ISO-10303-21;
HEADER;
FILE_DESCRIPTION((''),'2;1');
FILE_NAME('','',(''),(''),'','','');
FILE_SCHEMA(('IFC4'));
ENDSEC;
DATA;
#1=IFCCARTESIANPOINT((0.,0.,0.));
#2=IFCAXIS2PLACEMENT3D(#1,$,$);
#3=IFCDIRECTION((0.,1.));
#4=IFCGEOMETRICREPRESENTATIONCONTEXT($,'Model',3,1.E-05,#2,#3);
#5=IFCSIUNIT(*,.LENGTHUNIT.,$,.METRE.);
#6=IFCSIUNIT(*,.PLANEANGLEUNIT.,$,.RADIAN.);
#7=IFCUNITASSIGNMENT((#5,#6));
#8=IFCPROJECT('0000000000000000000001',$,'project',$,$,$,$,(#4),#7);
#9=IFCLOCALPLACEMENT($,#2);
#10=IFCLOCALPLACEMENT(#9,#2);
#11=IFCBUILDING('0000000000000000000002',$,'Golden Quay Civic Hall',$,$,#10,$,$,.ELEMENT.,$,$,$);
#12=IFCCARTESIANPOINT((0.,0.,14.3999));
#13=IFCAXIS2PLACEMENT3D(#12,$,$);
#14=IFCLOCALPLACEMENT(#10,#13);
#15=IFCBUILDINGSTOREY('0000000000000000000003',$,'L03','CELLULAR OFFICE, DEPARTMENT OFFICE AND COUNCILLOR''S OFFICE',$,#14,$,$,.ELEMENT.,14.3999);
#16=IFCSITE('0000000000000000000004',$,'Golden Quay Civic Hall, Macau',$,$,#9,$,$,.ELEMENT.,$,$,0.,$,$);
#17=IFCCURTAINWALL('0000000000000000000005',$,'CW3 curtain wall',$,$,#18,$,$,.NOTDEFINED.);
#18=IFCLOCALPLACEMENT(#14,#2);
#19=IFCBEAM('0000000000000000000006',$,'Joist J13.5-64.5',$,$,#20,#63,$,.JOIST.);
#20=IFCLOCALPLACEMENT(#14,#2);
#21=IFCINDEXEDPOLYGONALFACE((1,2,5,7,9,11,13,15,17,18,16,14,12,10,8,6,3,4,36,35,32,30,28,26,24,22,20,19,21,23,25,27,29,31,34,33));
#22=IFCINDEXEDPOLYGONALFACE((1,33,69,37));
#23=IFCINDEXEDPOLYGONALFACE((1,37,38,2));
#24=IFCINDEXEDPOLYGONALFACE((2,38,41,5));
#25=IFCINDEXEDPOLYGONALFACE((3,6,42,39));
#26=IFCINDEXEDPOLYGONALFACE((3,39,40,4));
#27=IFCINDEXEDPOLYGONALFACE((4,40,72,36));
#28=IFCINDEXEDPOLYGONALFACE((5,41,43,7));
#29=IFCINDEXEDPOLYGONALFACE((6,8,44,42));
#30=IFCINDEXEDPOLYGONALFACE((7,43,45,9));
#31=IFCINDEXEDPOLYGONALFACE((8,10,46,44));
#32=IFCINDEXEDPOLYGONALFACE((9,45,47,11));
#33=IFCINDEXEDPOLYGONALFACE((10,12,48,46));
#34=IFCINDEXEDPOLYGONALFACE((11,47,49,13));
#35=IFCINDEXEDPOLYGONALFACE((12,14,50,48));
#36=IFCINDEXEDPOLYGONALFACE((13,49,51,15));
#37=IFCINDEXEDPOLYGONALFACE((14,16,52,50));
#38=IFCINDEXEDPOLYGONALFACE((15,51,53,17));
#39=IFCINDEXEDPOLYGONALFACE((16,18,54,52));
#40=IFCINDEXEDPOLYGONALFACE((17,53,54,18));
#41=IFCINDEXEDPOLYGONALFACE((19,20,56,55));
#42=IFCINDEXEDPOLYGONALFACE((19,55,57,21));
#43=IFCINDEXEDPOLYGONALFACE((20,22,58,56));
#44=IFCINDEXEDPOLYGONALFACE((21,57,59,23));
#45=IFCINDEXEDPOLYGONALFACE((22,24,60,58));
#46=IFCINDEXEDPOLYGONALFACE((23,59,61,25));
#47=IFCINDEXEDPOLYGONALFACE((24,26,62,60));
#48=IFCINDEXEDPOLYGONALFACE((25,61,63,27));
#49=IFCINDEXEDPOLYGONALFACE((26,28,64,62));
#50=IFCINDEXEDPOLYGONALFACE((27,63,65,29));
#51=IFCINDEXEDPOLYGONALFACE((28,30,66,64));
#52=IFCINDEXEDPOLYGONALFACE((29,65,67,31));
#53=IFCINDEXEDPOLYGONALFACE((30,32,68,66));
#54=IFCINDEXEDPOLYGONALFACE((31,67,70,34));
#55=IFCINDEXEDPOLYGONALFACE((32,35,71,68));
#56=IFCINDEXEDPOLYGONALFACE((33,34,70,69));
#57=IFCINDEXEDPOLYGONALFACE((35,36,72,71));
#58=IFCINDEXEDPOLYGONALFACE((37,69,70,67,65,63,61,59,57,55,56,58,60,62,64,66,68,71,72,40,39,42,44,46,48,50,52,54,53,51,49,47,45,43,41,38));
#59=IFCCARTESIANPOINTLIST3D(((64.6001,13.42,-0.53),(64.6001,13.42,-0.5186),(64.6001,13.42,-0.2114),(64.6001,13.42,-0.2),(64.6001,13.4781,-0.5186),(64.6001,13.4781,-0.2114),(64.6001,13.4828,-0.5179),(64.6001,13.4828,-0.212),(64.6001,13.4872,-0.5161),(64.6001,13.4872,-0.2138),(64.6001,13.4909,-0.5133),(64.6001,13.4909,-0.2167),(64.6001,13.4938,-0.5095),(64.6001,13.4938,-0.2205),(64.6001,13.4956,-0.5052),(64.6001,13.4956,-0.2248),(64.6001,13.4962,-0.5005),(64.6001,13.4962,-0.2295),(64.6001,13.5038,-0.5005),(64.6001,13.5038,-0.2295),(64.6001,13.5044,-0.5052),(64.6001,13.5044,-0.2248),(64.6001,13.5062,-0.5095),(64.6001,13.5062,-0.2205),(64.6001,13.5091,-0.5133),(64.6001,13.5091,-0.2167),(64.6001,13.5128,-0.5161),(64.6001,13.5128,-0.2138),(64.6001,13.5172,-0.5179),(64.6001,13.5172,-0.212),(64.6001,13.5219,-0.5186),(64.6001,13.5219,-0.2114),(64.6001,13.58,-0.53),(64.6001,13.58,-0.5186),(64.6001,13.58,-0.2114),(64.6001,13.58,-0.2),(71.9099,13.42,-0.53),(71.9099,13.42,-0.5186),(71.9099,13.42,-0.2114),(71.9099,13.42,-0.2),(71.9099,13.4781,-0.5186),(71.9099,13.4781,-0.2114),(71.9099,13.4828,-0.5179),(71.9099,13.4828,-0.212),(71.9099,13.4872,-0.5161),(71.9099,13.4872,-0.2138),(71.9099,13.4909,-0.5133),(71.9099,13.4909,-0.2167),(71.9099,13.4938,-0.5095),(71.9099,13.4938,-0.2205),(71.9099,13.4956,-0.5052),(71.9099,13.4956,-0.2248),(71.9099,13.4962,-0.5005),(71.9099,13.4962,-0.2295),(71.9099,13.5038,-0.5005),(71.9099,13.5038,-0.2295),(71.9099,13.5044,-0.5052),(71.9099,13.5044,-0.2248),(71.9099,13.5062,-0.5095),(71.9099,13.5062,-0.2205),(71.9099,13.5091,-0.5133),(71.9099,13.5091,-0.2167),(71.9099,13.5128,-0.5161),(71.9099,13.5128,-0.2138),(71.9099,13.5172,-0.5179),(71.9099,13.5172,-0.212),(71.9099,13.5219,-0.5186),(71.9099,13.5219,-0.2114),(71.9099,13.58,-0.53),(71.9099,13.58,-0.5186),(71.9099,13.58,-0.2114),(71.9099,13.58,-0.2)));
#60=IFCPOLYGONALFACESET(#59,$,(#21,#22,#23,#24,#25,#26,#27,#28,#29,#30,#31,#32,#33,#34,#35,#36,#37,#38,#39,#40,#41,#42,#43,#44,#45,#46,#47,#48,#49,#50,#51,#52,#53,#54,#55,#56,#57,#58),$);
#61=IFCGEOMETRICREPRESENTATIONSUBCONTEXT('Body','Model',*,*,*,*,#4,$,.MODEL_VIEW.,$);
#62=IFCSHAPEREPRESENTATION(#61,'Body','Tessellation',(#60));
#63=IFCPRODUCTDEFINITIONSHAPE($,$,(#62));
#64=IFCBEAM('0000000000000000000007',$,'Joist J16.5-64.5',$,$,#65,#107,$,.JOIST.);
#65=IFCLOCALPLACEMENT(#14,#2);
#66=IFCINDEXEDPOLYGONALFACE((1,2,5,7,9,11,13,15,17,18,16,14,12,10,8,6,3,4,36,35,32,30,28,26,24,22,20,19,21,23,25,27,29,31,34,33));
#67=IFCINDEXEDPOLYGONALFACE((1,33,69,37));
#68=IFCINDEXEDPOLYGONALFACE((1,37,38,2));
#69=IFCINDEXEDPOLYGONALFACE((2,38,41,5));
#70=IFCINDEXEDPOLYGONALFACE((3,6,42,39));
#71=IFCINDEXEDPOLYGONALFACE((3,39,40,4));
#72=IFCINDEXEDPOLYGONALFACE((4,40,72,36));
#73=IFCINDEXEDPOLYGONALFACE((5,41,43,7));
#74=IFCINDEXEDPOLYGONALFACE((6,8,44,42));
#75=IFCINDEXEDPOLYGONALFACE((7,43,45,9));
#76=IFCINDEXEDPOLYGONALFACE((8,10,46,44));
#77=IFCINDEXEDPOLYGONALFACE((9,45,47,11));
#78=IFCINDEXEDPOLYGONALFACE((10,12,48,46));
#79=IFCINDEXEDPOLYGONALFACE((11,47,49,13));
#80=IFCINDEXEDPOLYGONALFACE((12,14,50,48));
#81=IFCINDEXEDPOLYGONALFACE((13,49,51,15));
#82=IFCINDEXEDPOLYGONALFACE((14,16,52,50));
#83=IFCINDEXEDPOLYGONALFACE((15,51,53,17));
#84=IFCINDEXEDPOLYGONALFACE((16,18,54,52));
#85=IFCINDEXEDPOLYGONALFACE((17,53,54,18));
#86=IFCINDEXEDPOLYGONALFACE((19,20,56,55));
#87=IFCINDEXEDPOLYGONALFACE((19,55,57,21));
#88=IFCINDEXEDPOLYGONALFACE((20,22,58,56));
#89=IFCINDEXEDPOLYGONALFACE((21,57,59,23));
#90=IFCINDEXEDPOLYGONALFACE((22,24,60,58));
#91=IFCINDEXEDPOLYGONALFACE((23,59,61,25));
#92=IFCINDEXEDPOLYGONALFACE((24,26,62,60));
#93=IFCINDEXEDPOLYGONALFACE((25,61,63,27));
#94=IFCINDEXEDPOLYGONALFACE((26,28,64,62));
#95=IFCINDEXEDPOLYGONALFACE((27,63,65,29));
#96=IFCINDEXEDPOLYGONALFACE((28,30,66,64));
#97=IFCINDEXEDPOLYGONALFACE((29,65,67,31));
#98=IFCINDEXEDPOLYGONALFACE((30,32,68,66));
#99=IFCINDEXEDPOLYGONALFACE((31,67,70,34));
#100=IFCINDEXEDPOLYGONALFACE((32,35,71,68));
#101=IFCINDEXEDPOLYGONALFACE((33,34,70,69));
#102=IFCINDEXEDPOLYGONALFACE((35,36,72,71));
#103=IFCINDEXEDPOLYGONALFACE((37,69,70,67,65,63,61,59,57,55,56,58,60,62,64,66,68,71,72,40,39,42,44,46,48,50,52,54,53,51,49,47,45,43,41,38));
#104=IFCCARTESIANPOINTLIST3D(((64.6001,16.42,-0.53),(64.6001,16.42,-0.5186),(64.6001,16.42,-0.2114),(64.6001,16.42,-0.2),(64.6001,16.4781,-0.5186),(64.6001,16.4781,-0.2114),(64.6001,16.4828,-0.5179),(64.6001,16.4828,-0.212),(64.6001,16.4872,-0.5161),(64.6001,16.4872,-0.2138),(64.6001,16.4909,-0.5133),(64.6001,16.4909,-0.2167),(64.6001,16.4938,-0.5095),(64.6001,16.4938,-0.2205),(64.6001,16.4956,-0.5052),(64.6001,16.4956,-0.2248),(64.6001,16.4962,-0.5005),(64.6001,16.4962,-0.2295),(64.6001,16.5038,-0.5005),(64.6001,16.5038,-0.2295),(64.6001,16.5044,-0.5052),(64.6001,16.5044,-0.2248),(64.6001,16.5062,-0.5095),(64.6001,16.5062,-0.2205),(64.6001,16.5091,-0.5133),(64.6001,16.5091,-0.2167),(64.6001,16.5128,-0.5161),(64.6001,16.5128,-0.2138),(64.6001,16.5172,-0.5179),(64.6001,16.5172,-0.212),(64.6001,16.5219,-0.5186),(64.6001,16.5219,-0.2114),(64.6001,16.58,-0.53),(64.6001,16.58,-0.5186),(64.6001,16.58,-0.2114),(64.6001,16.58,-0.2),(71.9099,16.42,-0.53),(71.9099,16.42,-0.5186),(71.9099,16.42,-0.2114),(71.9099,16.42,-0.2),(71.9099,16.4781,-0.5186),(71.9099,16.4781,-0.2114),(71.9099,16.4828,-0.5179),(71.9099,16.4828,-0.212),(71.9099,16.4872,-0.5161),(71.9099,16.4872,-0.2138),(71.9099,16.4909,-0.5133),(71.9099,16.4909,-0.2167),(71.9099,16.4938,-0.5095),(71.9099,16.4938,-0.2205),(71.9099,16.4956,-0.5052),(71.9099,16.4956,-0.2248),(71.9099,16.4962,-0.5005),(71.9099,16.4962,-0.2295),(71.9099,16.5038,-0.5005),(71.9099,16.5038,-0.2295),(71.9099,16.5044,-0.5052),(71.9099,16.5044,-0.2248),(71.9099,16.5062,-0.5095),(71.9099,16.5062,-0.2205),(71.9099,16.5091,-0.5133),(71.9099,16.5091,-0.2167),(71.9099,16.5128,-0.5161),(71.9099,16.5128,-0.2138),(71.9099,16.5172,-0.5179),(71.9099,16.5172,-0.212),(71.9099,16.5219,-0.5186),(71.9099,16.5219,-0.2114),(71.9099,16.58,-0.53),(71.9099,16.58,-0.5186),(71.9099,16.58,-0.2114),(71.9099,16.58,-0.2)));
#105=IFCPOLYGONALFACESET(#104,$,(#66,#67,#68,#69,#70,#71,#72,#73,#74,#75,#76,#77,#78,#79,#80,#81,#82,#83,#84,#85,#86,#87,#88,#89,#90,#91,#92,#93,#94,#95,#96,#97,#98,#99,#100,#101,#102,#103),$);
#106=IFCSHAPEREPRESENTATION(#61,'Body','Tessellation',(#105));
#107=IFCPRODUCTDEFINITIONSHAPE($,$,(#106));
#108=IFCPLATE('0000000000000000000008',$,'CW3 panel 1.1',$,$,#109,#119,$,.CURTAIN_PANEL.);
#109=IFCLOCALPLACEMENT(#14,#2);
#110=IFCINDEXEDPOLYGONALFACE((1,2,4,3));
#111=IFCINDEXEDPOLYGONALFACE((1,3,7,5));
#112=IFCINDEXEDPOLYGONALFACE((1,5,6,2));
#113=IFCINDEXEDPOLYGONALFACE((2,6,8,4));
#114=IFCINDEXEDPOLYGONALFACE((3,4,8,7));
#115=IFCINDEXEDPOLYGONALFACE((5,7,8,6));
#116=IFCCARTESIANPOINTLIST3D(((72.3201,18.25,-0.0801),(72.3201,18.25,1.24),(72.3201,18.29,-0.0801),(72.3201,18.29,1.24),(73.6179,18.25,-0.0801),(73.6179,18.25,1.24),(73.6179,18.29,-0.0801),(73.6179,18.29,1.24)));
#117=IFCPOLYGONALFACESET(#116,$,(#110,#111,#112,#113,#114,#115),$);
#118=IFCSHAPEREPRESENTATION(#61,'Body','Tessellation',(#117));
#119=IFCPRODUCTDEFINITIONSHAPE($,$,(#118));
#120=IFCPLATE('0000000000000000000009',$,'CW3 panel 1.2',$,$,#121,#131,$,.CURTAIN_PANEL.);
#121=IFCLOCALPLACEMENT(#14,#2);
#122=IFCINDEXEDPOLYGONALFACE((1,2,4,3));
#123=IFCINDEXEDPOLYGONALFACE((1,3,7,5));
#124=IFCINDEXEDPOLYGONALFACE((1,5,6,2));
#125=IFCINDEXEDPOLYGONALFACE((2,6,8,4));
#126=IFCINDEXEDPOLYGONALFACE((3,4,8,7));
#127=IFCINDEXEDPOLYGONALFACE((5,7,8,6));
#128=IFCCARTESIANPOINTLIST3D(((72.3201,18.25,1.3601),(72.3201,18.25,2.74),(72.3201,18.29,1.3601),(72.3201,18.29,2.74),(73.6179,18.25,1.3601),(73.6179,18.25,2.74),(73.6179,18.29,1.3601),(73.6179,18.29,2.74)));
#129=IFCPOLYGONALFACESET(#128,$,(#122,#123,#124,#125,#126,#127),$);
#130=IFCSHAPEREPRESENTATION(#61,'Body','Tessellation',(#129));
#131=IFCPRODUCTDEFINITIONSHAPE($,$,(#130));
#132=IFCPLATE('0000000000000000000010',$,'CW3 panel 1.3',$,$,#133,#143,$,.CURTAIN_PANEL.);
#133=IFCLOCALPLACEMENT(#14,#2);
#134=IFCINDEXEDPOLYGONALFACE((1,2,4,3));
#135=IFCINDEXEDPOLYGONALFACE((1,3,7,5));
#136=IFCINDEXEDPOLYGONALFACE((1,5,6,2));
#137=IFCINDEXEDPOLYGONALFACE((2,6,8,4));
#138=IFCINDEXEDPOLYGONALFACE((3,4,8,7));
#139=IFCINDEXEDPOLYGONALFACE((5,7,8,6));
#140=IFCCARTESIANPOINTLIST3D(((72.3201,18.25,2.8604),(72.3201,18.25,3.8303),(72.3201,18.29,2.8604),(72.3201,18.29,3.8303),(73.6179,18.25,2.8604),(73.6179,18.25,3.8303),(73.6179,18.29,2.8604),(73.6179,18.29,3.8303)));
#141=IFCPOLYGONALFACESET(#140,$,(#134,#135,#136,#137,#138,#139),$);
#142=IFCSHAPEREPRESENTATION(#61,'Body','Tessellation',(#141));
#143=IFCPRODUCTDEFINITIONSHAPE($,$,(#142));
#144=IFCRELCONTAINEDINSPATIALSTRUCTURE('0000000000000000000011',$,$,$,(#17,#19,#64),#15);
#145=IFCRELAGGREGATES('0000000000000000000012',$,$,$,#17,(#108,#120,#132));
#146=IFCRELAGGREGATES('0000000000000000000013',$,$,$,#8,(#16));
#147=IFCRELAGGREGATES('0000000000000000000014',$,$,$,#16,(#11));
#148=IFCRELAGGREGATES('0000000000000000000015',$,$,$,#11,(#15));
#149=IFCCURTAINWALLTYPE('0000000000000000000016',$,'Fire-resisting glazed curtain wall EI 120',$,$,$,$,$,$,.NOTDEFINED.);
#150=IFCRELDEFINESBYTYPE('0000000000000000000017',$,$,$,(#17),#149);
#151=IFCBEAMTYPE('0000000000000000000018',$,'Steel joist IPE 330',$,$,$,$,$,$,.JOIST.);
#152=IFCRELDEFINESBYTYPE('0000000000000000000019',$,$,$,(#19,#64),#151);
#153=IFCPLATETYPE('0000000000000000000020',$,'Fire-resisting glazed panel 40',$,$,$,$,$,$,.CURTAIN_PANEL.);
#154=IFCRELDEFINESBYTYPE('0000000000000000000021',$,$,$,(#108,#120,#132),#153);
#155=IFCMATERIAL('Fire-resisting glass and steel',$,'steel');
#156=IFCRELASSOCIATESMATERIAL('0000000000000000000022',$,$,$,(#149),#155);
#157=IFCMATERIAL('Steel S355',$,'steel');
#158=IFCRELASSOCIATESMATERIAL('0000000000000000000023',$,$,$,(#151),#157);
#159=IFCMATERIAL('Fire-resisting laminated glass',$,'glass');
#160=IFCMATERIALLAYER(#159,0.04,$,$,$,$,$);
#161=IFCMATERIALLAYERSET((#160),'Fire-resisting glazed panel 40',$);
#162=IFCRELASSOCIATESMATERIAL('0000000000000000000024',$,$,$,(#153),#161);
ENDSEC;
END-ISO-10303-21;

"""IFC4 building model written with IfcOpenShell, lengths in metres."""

from ifc_helpers import new_model, si_unit, direction, frame, origin, origin_2d, place, context, subcontext, project, spatial, rectangle, i_section, extrude, material, layer, layer_set, material_profile, profile_set, type_object, element, aggregate, save


model = new_model("IFC4")

# Units and contexts
model_context = context("Model", 3, precision=1e-05, world=origin(), true_north=direction((0.0, 1.0)))
body_context = subcontext(model_context, "Body", "Model", "MODEL_VIEW")
ifc_project = project(units=[si_unit("LENGTHUNIT", "METRE"), si_unit("PLANEANGLEUNIT", "RADIAN")], contexts=[model_context])

# Site, building, storey
site_placement = place(None, origin())
site = spatial("IfcSite", under=ifc_project, at=site_placement, Name="Golden Quay Civic Hall, Macau", CompositionType="ELEMENT", RefElevation=0.0)
building_placement = place(site_placement, origin())
building = spatial("IfcBuilding", under=site, at=building_placement, Name="Golden Quay Civic Hall", CompositionType="ELEMENT")
storey_placement = place(building_placement, frame((0.0, 0.0, 14.3999)))
storey = spatial("IfcBuildingStorey", under=building, at=storey_placement, Name="L03", Description="CELLULAR OFFICE, DEPARTMENT OFFICE AND COUNCILLOR'S OFFICE", CompositionType="ELEMENT", Elevation=14.3999)

# Curtain wall
ifc_material_1 = material(Name="Fire-resisting glass and steel", Category="steel")
curtain_wall_type = type_object("IfcCurtainWallType", Name="Fire-resisting glazed curtain wall EI 120", PredefinedType="NOTDEFINED", material=ifc_material_1)
curtain_wall_placement = place(storey_placement, origin())
curtain_wall = element("IfcCurtainWall", 1, at=curtain_wall_placement, inside=storey, type_object=curtain_wall_type, Name="CW3 curtain wall", PredefinedType="NOTDEFINED")

# Beams
ifc_material_2 = material(Name="Steel S355", Category="steel")
ifc_material_profile_1 = material_profile(ifc_material_2, i_section(OverallWidth=0.1599, OverallDepth=0.3301, WebThickness=0.0076, FlangeThickness=0.0115, FilletRadius=0.0181, at=origin_2d()), Name="IPE 330")
ifc_profile_set_1 = profile_set([ifc_material_profile_1], Name="Steel S355")
beam_type_1 = type_object("IfcBeamType", Name="Steel joist IPE 330", PredefinedType="JOIST", material=ifc_profile_set_1)
for number, where, z_axis, x_axis, name in (
    (2, (64.6001, 13.5, -0.365), (1.0, 0.0, 0.0), (0.0, 1.0, 0.0), "Joist J13.5-64.5"),
    (3, (64.6001, 16.5, -0.365), (1.0, 0.0, 0.0), (0.0, 1.0, 0.0), "Joist J16.5-64.5"),
):
    element("IfcBeam", number, at=place(storey_placement, frame(where, z_axis=z_axis, x_axis=x_axis)), inside=storey, type_object=beam_type_1, Name=name, PredefinedType="JOIST", context=body_context, shape_type="SweptSolid", body=[
        extrude(i_section(OverallWidth=0.1599, OverallDepth=0.3301, WebThickness=0.0076, FlangeThickness=0.0115, FilletRadius=0.0181, at=origin_2d()), origin(), (0.0, 0.0, 1.0), 7.3098),
    ])

# Plates
ifc_material_3 = material(Name="Fire-resisting laminated glass", Category="glass")
ifc_layer_1 = layer(ifc_material_3, 0.04)
ifc_layer_set_1 = layer_set([ifc_layer_1], Name="Fire-resisting glazed panel 40")
plate_type = type_object("IfcPlateType", Name="Fire-resisting glazed panel 40", PredefinedType="CURTAIN_PANEL", material=ifc_layer_set_1)
plate_1_placement = place(storey_placement, frame((72.969, 18.27, -0.0801), z_axis=(0.0, 0.0, 1.0), x_axis=(1.0, 0.0, 0.0)))
plate_1 = element("IfcPlate", 4, at=plate_1_placement, type_object=plate_type, Name="CW3 panel 1.1", PredefinedType="CURTAIN_PANEL", context=body_context, shape_type="SweptSolid", body=[
    extrude(rectangle(XDim=1.2979, YDim=0.04, at=origin_2d()), origin(), (0.0, 0.0, 1.0), 1.3201),
])
plate_2_placement = place(storey_placement, frame((72.969, 18.27, 1.3601), z_axis=(0.0, 0.0, 1.0), x_axis=(1.0, 0.0, 0.0)))
plate_2 = element("IfcPlate", 5, at=plate_2_placement, type_object=plate_type, Name="CW3 panel 1.2", PredefinedType="CURTAIN_PANEL", context=body_context, shape_type="SweptSolid", body=[
    extrude(rectangle(XDim=1.2979, YDim=0.04, at=origin_2d()), origin(), (0.0, 0.0, 1.0), 1.3799),
])
plate_3_placement = place(storey_placement, frame((72.969, 18.27, 2.8604), z_axis=(0.0, 0.0, 1.0), x_axis=(1.0, 0.0, 0.0)))
plate_3 = element("IfcPlate", 6, at=plate_3_placement, type_object=plate_type, Name="CW3 panel 1.3", PredefinedType="CURTAIN_PANEL", context=body_context, shape_type="SweptSolid", body=[
    extrude(rectangle(XDim=1.2979, YDim=0.04, at=origin_2d()), origin(), (0.0, 0.0, 1.0), 0.97),
])
aggregate(curtain_wall, [plate_1, plate_2, plate_3])

save(model, "model.ifc")
